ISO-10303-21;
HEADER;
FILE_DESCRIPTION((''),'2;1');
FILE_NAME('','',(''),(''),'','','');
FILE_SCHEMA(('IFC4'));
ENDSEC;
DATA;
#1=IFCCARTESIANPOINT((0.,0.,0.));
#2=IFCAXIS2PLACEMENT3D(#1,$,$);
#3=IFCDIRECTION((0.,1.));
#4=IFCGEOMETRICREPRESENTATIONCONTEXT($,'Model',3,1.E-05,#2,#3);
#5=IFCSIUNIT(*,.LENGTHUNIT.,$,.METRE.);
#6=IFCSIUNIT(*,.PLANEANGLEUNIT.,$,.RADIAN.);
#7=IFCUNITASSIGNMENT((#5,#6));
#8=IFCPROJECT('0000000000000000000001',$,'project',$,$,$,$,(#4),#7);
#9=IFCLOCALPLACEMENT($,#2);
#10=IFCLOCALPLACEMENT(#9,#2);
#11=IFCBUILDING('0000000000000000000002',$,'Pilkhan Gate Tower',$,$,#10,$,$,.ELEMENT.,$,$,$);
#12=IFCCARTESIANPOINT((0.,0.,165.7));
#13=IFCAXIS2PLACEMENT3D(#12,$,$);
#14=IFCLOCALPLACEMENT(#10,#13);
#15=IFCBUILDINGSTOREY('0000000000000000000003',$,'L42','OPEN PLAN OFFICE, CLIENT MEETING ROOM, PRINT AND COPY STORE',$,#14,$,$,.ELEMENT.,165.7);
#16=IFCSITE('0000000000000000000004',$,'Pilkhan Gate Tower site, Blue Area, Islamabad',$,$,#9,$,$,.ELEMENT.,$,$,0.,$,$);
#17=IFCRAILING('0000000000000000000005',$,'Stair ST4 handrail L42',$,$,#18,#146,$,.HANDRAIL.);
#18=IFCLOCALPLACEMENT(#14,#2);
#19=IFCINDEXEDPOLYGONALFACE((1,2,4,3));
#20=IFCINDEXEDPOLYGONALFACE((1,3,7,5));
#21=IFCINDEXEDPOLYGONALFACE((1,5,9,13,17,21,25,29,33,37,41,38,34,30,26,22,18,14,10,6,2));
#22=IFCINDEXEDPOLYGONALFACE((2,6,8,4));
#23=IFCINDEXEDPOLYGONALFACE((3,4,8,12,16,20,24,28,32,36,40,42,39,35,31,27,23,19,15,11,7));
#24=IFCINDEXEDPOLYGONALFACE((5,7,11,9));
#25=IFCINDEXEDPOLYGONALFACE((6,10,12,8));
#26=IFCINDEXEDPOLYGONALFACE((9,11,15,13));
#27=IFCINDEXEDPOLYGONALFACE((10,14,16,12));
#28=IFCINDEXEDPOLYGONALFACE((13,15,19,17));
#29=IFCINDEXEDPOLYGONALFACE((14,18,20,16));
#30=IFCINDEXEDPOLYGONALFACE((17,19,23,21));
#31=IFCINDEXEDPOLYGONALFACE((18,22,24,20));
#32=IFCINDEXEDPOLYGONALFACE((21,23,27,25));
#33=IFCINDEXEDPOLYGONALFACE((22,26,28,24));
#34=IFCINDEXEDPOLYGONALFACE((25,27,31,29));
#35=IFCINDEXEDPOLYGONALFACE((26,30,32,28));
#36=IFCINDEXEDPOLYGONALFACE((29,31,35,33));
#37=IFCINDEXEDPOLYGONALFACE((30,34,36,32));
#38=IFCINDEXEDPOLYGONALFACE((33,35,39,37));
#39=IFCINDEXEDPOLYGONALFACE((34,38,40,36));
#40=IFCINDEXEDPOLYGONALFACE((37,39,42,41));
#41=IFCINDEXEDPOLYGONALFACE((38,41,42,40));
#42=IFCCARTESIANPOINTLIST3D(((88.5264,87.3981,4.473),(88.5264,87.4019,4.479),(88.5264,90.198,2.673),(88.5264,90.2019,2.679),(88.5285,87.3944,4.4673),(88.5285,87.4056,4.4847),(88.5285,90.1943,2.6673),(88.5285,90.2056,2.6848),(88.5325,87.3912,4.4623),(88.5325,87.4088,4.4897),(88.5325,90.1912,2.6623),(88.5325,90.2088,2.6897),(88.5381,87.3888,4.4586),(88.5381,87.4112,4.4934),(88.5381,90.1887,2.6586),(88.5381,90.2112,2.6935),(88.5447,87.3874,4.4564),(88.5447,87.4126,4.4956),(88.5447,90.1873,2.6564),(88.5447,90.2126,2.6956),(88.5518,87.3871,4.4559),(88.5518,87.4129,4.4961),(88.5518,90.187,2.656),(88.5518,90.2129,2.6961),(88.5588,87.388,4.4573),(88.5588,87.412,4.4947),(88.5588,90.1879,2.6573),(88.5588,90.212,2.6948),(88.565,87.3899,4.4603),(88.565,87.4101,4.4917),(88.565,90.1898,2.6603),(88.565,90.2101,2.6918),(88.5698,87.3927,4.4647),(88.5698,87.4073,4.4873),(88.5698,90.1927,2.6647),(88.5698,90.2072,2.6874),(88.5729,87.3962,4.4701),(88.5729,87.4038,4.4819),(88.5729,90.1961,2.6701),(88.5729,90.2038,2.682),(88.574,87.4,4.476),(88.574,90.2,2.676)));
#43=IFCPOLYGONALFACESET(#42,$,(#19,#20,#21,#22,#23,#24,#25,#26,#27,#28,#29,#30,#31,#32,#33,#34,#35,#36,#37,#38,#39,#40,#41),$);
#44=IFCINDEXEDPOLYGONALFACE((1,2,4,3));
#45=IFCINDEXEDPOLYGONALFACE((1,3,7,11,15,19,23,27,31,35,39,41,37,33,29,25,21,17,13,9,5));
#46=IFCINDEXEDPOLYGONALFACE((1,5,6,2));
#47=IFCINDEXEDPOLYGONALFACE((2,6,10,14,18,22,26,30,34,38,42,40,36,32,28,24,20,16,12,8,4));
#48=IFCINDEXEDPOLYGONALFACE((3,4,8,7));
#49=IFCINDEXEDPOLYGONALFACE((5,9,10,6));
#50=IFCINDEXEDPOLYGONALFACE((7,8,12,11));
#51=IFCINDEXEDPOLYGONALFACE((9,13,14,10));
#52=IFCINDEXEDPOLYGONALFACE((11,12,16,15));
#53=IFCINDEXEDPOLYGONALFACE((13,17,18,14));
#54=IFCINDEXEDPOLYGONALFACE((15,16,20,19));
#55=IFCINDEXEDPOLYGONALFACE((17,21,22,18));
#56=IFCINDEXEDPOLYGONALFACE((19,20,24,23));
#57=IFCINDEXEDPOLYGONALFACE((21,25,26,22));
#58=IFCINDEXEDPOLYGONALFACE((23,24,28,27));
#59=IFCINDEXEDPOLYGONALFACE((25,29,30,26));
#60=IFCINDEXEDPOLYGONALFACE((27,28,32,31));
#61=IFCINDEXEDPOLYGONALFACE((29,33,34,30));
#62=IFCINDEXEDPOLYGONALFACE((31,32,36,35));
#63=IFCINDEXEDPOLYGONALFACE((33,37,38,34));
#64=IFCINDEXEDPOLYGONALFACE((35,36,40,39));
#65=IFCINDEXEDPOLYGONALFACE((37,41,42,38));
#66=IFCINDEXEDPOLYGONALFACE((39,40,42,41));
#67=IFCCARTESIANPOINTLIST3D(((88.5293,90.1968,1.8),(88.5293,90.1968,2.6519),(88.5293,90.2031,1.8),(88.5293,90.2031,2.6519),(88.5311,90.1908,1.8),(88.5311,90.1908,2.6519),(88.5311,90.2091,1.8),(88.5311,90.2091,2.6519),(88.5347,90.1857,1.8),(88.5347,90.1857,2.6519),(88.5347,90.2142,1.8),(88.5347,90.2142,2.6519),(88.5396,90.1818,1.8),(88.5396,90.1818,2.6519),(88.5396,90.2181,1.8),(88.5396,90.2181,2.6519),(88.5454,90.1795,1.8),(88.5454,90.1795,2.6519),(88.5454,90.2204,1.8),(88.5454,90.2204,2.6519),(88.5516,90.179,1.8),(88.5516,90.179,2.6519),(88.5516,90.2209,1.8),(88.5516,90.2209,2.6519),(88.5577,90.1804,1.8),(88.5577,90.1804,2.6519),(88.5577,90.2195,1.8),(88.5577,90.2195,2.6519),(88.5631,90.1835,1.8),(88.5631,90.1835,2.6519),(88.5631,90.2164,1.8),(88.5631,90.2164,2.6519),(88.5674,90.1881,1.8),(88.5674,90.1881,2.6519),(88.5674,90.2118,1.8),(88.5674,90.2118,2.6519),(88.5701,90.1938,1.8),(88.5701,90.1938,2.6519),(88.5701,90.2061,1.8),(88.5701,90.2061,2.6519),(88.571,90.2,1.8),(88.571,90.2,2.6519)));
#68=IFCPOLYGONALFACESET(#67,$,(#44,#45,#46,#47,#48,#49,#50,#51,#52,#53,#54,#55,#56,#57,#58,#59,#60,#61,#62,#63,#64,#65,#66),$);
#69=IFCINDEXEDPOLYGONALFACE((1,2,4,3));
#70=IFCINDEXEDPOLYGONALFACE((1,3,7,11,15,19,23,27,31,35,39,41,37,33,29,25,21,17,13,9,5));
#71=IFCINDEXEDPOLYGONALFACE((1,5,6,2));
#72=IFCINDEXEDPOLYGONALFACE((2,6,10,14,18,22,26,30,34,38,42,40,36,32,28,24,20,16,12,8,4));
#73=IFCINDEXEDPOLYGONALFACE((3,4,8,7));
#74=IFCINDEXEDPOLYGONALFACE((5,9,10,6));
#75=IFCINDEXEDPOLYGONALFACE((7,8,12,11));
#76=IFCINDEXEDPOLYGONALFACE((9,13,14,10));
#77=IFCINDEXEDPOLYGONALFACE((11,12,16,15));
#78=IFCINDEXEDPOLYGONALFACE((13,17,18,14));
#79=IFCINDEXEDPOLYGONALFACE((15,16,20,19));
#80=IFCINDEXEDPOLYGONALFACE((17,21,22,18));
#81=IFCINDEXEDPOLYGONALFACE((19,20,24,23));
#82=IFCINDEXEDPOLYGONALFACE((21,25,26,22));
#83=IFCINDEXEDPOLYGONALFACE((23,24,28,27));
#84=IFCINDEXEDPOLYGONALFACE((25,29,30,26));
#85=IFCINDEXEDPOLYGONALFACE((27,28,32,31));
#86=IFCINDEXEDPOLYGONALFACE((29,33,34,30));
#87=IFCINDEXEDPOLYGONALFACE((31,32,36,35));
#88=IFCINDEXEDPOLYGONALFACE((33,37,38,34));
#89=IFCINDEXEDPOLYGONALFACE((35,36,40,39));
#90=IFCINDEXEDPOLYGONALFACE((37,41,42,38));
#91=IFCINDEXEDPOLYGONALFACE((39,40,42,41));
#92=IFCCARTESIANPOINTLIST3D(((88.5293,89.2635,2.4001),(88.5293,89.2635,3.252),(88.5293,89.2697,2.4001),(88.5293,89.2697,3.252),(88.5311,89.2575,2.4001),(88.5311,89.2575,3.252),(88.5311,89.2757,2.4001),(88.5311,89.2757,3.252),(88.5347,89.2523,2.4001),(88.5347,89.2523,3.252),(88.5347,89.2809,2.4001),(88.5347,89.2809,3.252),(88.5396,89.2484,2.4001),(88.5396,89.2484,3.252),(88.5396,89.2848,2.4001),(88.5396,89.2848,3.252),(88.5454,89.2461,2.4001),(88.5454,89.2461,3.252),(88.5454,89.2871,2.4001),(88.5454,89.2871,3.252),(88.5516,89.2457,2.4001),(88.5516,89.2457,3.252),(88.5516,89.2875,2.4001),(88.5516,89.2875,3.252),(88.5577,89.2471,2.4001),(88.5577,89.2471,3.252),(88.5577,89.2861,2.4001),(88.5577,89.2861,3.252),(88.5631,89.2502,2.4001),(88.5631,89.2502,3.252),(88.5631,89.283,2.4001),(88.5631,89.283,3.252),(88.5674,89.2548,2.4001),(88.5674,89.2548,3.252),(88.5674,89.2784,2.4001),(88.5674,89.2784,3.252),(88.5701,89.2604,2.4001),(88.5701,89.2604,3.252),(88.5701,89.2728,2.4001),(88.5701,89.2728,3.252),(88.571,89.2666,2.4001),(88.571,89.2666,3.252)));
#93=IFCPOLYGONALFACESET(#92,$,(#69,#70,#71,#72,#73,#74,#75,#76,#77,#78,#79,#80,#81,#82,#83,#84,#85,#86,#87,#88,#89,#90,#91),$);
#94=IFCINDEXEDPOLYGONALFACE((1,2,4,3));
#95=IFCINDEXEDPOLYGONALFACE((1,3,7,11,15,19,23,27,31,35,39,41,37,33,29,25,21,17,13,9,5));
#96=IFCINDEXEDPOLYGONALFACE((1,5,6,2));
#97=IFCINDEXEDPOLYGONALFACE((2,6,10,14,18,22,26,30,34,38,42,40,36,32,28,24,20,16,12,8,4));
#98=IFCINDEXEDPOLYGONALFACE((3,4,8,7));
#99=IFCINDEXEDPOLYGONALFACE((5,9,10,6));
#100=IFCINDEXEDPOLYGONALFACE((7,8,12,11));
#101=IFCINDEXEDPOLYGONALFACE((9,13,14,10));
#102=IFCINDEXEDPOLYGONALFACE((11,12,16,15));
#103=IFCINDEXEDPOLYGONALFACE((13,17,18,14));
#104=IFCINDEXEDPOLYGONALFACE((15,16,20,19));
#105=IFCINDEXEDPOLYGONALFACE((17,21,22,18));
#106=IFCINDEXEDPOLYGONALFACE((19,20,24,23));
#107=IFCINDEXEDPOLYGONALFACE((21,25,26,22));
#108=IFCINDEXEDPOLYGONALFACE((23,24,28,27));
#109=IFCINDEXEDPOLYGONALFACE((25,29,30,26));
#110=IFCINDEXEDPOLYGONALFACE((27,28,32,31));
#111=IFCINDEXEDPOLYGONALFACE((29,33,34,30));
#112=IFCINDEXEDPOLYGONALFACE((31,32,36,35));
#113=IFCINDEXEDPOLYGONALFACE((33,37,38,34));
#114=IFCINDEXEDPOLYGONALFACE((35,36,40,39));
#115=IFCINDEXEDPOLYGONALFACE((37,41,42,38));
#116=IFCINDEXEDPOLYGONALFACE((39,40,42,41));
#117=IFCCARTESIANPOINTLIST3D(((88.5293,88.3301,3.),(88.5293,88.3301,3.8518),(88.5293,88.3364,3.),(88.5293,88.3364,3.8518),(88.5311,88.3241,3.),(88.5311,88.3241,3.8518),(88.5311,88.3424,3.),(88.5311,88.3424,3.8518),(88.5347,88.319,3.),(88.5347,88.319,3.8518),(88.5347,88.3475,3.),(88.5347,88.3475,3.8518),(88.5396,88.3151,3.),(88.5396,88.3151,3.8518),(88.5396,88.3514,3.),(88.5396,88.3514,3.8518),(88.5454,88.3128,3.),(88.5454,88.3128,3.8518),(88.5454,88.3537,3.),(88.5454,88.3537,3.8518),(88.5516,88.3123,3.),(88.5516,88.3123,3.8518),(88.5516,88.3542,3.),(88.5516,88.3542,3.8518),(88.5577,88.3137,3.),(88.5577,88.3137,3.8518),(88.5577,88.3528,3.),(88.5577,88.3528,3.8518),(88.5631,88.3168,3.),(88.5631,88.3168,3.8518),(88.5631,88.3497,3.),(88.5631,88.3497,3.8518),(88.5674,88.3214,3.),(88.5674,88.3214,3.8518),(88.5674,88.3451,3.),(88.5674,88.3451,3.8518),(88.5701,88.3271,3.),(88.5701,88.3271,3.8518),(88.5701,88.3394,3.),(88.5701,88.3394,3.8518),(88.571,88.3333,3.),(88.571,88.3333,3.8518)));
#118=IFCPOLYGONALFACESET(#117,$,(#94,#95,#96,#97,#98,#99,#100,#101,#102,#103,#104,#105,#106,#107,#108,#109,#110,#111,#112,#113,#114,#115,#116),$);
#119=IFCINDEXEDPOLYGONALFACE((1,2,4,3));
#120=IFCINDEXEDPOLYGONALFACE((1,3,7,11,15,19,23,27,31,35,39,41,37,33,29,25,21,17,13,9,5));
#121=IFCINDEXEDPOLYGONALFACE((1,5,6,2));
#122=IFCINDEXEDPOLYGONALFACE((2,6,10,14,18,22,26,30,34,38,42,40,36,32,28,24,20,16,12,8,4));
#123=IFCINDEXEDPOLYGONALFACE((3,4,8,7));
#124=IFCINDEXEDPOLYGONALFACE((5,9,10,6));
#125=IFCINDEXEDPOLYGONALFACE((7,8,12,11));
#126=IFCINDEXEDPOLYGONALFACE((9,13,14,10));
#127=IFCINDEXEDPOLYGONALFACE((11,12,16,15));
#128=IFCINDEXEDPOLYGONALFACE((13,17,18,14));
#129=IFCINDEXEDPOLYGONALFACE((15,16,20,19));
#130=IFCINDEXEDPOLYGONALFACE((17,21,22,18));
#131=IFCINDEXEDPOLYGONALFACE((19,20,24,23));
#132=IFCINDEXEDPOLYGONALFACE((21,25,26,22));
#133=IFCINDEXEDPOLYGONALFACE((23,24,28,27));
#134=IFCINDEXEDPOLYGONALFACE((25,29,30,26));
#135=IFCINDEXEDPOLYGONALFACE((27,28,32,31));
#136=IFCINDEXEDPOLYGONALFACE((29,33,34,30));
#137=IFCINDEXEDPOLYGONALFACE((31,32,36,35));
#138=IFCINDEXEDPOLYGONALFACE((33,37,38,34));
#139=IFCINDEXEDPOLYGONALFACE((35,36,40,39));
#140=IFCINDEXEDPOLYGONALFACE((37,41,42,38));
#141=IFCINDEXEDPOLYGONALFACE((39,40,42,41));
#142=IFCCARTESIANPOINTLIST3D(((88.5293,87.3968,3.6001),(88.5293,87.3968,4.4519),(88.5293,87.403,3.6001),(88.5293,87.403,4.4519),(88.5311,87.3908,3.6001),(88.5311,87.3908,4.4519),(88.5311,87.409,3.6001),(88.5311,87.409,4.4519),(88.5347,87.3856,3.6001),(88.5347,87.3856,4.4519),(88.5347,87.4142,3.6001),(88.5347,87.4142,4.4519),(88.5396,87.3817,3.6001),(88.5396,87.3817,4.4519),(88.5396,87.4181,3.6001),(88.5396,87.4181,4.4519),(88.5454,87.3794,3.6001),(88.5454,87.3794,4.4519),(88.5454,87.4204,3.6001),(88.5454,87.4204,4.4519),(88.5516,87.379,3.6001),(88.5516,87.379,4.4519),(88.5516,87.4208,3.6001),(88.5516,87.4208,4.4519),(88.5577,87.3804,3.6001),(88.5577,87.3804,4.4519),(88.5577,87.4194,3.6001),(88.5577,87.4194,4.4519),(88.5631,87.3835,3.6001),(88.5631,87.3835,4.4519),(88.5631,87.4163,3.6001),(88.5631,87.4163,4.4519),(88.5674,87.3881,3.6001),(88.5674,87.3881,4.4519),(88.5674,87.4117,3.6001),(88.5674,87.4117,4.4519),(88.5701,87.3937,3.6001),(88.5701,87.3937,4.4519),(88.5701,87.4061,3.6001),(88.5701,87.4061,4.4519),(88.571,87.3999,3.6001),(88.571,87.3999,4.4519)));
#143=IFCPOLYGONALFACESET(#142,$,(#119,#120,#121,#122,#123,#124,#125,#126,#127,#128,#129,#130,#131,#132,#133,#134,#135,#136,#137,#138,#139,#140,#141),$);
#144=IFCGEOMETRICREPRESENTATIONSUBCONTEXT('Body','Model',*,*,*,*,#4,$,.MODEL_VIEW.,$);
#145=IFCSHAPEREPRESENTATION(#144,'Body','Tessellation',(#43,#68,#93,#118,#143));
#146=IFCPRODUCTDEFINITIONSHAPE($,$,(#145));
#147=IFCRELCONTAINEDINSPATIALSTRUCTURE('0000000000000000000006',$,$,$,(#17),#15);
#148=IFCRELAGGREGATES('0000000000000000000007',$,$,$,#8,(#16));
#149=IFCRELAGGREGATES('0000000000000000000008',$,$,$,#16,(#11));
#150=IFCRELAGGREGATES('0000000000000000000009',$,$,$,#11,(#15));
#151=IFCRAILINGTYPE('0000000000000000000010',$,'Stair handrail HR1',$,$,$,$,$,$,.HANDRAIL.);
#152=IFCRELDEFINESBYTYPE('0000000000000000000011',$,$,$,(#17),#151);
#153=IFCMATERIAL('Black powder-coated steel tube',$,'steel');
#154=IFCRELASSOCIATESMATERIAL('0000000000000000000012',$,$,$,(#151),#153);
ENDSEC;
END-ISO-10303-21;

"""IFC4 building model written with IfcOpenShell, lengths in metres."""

from ifc_helpers import new_model, si_unit, direction, frame, origin, origin_2d, place, context, subcontext, project, spatial, circle, extrude, material, type_object, element, save


model = new_model("IFC4")

# Units and contexts
model_context = context("Model", 3, precision=1e-05, world=origin(), true_north=direction((0.0, 1.0)))
body_context = subcontext(model_context, "Body", "Model", "MODEL_VIEW")
ifc_project = project(units=[si_unit("LENGTHUNIT", "METRE"), si_unit("PLANEANGLEUNIT", "RADIAN")], contexts=[model_context])

# Site, building, storey
site_placement = place(None, origin())
site = spatial("IfcSite", under=ifc_project, at=site_placement, Name="Pilkhan Gate Tower site, Blue Area, Islamabad", CompositionType="ELEMENT", RefElevation=0.0)
building_placement = place(site_placement, origin())
building = spatial("IfcBuilding", under=site, at=building_placement, Name="Pilkhan Gate Tower", CompositionType="ELEMENT")
storey_placement = place(building_placement, frame((0.0, 0.0, 165.7)))
storey = spatial("IfcBuildingStorey", under=building, at=storey_placement, Name="L42", Description="OPEN PLAN OFFICE, CLIENT MEETING ROOM, PRINT AND COPY STORE", CompositionType="ELEMENT", Elevation=165.7)

# Railing
ifc_material_1 = material(Name="Black powder-coated steel tube", Category="steel")
railing_type_1 = type_object("IfcRailingType", Name="Stair handrail HR1", PredefinedType="HANDRAIL", material=ifc_material_1)
railing_1_placement = place(storey_placement, frame((88.55, 90.2, 1.8)))
element("IfcRailing", 1, at=railing_1_placement, inside=storey, type_object=railing_type_1, Name="Stair ST4 handrail L42", PredefinedType="HANDRAIL", context=body_context, shape_type="SweptSolid", body=[
    extrude(circle(Radius=0.0239, at=origin_2d()), frame((0.0, 0.0, 0.876), z_axis=(0.0, -0.841176, 0.540761), x_axis=(1.0, 0.0, 0.0)), (0.0, 0.0, 1.0), 3.3286),
    extrude(circle(Radius=0.021, at=origin_2d()), origin(), (0.0, 0.0, 1.0), 0.8518),
    extrude(circle(Radius=0.021, at=origin_2d()), frame((0.0, -0.9333, 0.6001)), (0.0, 0.0, 1.0), 0.8518),
    extrude(circle(Radius=0.021, at=origin_2d()), frame((0.0, -1.8667, 1.2)), (0.0, 0.0, 1.0), 0.8518),
    extrude(circle(Radius=0.021, at=origin_2d()), frame((0.0, -2.8, 1.8)), (0.0, 0.0, 1.0), 0.8518),
])

save(model, "model.ifc")
